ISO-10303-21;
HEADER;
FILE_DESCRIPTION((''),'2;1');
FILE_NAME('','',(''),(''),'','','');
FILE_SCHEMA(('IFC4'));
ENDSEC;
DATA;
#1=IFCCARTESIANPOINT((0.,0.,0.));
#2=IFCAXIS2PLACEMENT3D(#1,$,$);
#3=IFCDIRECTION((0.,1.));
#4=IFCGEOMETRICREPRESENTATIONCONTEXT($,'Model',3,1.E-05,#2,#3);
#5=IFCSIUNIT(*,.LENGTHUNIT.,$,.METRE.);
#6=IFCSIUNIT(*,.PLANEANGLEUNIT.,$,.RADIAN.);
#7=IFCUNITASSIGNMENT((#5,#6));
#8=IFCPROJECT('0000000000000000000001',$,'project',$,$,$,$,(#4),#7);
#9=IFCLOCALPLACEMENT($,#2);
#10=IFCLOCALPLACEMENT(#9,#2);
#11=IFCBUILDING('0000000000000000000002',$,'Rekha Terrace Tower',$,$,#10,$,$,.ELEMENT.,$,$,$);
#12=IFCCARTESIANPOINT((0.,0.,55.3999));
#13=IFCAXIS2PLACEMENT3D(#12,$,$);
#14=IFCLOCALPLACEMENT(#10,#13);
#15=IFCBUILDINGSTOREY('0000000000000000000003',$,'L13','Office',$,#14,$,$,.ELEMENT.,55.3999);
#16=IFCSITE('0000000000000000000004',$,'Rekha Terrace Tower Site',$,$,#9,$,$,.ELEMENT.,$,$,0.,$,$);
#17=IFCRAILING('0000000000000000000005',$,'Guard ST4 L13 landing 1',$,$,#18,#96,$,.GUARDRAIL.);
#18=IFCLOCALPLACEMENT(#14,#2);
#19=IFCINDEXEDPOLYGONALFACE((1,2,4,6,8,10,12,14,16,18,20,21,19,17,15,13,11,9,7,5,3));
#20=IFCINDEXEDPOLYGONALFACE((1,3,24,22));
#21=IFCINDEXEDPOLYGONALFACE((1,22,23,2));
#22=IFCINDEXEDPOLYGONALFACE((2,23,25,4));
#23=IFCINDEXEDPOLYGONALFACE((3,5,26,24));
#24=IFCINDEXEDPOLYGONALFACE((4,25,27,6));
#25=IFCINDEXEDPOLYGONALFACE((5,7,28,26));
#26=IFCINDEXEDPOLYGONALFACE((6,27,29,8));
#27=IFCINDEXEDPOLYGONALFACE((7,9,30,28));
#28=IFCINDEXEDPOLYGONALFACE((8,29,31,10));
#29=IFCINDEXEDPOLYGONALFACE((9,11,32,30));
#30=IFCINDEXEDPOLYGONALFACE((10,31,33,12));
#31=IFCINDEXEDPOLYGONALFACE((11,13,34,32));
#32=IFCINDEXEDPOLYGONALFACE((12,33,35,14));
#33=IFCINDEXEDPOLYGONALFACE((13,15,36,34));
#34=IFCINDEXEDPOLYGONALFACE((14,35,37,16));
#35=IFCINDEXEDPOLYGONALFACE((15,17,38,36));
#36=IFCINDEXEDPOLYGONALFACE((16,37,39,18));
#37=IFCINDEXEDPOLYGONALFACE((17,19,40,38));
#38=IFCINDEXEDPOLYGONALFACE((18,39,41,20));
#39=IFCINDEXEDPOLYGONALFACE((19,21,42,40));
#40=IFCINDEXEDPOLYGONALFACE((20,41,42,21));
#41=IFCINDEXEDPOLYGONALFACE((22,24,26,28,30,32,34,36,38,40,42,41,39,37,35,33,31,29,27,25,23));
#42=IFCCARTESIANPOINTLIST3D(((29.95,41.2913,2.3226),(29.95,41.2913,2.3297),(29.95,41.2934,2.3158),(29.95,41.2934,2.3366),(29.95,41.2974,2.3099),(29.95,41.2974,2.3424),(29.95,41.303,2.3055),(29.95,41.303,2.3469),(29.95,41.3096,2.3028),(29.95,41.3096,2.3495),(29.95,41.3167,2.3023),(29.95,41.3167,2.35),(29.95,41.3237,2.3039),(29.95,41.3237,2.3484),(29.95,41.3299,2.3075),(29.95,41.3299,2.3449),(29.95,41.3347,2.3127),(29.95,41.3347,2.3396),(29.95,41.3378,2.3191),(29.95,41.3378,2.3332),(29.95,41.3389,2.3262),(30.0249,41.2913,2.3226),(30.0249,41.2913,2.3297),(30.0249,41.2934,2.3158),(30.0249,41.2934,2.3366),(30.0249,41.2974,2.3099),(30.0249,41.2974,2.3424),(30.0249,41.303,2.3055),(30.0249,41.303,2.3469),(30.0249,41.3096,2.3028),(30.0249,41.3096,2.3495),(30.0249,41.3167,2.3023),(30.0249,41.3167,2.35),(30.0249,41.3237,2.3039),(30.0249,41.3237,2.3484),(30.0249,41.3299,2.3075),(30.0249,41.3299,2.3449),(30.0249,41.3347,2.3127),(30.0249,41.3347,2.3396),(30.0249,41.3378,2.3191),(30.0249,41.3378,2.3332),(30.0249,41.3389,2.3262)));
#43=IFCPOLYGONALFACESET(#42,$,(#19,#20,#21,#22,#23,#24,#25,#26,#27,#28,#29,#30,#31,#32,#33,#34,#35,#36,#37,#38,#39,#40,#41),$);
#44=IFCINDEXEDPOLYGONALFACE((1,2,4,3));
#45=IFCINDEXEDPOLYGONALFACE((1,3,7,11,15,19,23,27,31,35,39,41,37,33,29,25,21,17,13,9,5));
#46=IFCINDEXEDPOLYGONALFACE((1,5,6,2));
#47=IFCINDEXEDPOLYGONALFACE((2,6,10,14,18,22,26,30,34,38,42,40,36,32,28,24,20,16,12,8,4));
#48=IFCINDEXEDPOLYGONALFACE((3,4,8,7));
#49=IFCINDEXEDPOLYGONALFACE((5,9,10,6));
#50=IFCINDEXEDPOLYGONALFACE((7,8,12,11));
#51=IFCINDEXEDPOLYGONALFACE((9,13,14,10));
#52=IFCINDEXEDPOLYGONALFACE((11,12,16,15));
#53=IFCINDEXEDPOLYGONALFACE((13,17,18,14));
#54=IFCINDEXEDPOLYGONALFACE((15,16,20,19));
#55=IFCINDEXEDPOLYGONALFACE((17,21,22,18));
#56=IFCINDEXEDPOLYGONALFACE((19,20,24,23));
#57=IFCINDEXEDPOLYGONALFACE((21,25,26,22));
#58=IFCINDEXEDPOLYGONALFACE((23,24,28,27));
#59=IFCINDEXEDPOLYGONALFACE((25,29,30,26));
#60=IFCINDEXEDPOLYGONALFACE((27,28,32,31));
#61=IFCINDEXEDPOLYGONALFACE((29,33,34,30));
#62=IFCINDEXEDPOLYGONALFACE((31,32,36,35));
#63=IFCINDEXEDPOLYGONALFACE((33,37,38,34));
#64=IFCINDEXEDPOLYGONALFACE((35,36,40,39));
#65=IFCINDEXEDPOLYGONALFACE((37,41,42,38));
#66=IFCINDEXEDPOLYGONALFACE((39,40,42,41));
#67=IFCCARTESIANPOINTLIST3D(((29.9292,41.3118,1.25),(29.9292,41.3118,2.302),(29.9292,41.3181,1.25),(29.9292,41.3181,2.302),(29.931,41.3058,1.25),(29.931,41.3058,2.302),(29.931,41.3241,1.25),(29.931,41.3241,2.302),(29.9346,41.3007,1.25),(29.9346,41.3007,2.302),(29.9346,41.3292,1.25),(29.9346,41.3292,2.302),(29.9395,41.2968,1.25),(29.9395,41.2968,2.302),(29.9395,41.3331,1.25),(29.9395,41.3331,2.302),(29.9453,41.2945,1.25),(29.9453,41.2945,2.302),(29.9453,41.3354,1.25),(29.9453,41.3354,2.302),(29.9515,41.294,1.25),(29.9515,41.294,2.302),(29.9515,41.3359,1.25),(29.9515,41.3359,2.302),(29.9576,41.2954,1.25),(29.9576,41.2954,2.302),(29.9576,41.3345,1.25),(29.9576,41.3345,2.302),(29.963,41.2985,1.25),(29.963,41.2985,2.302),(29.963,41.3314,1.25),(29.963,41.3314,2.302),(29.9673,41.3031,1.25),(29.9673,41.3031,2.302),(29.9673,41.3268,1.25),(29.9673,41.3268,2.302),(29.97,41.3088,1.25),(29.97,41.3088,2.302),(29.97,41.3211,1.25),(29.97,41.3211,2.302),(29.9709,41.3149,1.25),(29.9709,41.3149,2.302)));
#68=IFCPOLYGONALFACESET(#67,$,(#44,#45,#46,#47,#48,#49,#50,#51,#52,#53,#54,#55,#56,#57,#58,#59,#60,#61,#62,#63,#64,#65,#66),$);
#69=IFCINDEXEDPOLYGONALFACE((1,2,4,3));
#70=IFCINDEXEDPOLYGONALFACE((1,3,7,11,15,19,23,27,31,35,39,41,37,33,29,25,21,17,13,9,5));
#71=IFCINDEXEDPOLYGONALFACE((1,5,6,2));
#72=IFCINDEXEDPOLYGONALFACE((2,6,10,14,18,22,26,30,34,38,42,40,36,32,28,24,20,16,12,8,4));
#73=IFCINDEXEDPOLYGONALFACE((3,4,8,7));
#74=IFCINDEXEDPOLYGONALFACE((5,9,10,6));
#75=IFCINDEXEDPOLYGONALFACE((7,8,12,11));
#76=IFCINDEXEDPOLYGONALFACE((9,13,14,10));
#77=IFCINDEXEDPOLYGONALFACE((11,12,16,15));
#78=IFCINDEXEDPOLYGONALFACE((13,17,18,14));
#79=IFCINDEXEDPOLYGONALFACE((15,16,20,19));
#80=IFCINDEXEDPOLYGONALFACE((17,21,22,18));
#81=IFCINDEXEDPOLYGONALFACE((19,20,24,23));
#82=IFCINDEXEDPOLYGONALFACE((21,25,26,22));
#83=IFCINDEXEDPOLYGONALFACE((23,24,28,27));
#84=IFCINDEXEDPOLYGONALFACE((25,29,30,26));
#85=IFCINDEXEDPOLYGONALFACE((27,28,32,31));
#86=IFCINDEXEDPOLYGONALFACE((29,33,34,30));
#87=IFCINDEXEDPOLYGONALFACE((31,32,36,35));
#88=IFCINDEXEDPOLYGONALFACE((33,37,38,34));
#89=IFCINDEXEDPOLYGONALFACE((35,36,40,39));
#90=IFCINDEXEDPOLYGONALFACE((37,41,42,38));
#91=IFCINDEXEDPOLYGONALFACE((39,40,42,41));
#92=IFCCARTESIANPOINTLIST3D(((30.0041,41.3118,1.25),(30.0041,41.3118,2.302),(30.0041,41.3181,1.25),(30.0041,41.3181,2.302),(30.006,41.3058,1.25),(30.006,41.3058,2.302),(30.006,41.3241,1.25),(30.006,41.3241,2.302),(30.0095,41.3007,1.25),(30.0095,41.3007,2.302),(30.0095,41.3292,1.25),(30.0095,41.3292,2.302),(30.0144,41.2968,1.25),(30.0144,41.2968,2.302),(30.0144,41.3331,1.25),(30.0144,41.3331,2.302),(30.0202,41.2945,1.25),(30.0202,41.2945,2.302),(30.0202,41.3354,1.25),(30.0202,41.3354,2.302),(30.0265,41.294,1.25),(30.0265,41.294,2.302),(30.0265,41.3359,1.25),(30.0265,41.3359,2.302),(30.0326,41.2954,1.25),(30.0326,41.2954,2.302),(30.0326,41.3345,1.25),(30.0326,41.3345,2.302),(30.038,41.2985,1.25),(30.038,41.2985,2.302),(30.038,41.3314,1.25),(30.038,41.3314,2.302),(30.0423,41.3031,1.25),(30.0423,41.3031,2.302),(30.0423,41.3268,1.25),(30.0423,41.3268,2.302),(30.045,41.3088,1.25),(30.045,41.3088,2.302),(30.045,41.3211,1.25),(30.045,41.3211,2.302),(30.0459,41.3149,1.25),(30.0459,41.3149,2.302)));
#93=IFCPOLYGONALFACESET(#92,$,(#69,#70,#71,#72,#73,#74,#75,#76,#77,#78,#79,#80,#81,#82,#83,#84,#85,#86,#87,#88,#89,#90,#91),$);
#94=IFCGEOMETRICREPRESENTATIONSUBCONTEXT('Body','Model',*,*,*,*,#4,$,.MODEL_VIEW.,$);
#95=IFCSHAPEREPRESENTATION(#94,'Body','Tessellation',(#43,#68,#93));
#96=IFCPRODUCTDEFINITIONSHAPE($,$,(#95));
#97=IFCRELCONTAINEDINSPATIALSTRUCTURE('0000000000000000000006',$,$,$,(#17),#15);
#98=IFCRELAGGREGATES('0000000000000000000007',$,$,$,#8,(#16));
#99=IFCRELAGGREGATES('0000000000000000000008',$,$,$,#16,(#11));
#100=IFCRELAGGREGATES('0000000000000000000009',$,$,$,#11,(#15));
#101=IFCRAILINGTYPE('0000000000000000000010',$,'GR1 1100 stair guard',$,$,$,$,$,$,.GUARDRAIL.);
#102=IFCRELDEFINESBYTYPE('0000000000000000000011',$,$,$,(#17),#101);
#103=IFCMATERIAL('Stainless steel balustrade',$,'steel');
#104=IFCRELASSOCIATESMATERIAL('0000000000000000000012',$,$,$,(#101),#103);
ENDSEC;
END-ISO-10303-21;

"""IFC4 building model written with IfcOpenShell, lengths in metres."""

from ifc_helpers import new_model, si_unit, direction, frame, origin, origin_2d, place, context, subcontext, project, spatial, circle, extrude, material, type_object, element, save


model = new_model("IFC4")

# Units and contexts
model_context = context("Model", 3, precision=1e-05, world=origin(), true_north=direction((0.0, 1.0)))
body_context = subcontext(model_context, "Body", "Model", "MODEL_VIEW")
ifc_project = project(units=[si_unit("LENGTHUNIT", "METRE"), si_unit("PLANEANGLEUNIT", "RADIAN")], contexts=[model_context])

# Site, building, storey
site_placement = place(None, origin())
site = spatial("IfcSite", under=ifc_project, at=site_placement, Name="Rekha Terrace Tower Site", CompositionType="ELEMENT", RefElevation=0.0)
building_placement = place(site_placement, origin())
building = spatial("IfcBuilding", under=site, at=building_placement, Name="Rekha Terrace Tower", CompositionType="ELEMENT")
storey_placement = place(building_placement, frame((0.0, 0.0, 55.3999)))
storey = spatial("IfcBuildingStorey", under=building, at=storey_placement, Name="L13", Description="Office", CompositionType="ELEMENT", Elevation=55.3999)

# Railing
ifc_material_1 = material(Name="Stainless steel balustrade", Category="steel")
railing_type_1 = type_object("IfcRailingType", Name="GR1 1100 stair guard", PredefinedType="GUARDRAIL", material=ifc_material_1)
railing_1_placement = place(storey_placement, frame((29.95, 41.3149, 1.25)))
element("IfcRailing", 1, at=railing_1_placement, inside=storey, type_object=railing_type_1, Name="Guard ST4 L13 landing 1", PredefinedType="GUARDRAIL", context=body_context, shape_type="SweptSolid", body=[
    extrude(circle(Radius=0.0239, at=origin_2d()), frame((0.0, 0.0, 1.0762), z_axis=(1.0, 0.0, 0.0), x_axis=(0.0, 1.0, 0.0)), (0.0, 0.0, 1.0), 0.075),
    extrude(circle(Radius=0.021, at=origin_2d()), origin(), (0.0, 0.0, 1.0), 1.052),
    extrude(circle(Radius=0.021, at=origin_2d()), frame((0.075, 0.0, 0.0)), (0.0, 0.0, 1.0), 1.052),
])

save(model, "model.ifc")
